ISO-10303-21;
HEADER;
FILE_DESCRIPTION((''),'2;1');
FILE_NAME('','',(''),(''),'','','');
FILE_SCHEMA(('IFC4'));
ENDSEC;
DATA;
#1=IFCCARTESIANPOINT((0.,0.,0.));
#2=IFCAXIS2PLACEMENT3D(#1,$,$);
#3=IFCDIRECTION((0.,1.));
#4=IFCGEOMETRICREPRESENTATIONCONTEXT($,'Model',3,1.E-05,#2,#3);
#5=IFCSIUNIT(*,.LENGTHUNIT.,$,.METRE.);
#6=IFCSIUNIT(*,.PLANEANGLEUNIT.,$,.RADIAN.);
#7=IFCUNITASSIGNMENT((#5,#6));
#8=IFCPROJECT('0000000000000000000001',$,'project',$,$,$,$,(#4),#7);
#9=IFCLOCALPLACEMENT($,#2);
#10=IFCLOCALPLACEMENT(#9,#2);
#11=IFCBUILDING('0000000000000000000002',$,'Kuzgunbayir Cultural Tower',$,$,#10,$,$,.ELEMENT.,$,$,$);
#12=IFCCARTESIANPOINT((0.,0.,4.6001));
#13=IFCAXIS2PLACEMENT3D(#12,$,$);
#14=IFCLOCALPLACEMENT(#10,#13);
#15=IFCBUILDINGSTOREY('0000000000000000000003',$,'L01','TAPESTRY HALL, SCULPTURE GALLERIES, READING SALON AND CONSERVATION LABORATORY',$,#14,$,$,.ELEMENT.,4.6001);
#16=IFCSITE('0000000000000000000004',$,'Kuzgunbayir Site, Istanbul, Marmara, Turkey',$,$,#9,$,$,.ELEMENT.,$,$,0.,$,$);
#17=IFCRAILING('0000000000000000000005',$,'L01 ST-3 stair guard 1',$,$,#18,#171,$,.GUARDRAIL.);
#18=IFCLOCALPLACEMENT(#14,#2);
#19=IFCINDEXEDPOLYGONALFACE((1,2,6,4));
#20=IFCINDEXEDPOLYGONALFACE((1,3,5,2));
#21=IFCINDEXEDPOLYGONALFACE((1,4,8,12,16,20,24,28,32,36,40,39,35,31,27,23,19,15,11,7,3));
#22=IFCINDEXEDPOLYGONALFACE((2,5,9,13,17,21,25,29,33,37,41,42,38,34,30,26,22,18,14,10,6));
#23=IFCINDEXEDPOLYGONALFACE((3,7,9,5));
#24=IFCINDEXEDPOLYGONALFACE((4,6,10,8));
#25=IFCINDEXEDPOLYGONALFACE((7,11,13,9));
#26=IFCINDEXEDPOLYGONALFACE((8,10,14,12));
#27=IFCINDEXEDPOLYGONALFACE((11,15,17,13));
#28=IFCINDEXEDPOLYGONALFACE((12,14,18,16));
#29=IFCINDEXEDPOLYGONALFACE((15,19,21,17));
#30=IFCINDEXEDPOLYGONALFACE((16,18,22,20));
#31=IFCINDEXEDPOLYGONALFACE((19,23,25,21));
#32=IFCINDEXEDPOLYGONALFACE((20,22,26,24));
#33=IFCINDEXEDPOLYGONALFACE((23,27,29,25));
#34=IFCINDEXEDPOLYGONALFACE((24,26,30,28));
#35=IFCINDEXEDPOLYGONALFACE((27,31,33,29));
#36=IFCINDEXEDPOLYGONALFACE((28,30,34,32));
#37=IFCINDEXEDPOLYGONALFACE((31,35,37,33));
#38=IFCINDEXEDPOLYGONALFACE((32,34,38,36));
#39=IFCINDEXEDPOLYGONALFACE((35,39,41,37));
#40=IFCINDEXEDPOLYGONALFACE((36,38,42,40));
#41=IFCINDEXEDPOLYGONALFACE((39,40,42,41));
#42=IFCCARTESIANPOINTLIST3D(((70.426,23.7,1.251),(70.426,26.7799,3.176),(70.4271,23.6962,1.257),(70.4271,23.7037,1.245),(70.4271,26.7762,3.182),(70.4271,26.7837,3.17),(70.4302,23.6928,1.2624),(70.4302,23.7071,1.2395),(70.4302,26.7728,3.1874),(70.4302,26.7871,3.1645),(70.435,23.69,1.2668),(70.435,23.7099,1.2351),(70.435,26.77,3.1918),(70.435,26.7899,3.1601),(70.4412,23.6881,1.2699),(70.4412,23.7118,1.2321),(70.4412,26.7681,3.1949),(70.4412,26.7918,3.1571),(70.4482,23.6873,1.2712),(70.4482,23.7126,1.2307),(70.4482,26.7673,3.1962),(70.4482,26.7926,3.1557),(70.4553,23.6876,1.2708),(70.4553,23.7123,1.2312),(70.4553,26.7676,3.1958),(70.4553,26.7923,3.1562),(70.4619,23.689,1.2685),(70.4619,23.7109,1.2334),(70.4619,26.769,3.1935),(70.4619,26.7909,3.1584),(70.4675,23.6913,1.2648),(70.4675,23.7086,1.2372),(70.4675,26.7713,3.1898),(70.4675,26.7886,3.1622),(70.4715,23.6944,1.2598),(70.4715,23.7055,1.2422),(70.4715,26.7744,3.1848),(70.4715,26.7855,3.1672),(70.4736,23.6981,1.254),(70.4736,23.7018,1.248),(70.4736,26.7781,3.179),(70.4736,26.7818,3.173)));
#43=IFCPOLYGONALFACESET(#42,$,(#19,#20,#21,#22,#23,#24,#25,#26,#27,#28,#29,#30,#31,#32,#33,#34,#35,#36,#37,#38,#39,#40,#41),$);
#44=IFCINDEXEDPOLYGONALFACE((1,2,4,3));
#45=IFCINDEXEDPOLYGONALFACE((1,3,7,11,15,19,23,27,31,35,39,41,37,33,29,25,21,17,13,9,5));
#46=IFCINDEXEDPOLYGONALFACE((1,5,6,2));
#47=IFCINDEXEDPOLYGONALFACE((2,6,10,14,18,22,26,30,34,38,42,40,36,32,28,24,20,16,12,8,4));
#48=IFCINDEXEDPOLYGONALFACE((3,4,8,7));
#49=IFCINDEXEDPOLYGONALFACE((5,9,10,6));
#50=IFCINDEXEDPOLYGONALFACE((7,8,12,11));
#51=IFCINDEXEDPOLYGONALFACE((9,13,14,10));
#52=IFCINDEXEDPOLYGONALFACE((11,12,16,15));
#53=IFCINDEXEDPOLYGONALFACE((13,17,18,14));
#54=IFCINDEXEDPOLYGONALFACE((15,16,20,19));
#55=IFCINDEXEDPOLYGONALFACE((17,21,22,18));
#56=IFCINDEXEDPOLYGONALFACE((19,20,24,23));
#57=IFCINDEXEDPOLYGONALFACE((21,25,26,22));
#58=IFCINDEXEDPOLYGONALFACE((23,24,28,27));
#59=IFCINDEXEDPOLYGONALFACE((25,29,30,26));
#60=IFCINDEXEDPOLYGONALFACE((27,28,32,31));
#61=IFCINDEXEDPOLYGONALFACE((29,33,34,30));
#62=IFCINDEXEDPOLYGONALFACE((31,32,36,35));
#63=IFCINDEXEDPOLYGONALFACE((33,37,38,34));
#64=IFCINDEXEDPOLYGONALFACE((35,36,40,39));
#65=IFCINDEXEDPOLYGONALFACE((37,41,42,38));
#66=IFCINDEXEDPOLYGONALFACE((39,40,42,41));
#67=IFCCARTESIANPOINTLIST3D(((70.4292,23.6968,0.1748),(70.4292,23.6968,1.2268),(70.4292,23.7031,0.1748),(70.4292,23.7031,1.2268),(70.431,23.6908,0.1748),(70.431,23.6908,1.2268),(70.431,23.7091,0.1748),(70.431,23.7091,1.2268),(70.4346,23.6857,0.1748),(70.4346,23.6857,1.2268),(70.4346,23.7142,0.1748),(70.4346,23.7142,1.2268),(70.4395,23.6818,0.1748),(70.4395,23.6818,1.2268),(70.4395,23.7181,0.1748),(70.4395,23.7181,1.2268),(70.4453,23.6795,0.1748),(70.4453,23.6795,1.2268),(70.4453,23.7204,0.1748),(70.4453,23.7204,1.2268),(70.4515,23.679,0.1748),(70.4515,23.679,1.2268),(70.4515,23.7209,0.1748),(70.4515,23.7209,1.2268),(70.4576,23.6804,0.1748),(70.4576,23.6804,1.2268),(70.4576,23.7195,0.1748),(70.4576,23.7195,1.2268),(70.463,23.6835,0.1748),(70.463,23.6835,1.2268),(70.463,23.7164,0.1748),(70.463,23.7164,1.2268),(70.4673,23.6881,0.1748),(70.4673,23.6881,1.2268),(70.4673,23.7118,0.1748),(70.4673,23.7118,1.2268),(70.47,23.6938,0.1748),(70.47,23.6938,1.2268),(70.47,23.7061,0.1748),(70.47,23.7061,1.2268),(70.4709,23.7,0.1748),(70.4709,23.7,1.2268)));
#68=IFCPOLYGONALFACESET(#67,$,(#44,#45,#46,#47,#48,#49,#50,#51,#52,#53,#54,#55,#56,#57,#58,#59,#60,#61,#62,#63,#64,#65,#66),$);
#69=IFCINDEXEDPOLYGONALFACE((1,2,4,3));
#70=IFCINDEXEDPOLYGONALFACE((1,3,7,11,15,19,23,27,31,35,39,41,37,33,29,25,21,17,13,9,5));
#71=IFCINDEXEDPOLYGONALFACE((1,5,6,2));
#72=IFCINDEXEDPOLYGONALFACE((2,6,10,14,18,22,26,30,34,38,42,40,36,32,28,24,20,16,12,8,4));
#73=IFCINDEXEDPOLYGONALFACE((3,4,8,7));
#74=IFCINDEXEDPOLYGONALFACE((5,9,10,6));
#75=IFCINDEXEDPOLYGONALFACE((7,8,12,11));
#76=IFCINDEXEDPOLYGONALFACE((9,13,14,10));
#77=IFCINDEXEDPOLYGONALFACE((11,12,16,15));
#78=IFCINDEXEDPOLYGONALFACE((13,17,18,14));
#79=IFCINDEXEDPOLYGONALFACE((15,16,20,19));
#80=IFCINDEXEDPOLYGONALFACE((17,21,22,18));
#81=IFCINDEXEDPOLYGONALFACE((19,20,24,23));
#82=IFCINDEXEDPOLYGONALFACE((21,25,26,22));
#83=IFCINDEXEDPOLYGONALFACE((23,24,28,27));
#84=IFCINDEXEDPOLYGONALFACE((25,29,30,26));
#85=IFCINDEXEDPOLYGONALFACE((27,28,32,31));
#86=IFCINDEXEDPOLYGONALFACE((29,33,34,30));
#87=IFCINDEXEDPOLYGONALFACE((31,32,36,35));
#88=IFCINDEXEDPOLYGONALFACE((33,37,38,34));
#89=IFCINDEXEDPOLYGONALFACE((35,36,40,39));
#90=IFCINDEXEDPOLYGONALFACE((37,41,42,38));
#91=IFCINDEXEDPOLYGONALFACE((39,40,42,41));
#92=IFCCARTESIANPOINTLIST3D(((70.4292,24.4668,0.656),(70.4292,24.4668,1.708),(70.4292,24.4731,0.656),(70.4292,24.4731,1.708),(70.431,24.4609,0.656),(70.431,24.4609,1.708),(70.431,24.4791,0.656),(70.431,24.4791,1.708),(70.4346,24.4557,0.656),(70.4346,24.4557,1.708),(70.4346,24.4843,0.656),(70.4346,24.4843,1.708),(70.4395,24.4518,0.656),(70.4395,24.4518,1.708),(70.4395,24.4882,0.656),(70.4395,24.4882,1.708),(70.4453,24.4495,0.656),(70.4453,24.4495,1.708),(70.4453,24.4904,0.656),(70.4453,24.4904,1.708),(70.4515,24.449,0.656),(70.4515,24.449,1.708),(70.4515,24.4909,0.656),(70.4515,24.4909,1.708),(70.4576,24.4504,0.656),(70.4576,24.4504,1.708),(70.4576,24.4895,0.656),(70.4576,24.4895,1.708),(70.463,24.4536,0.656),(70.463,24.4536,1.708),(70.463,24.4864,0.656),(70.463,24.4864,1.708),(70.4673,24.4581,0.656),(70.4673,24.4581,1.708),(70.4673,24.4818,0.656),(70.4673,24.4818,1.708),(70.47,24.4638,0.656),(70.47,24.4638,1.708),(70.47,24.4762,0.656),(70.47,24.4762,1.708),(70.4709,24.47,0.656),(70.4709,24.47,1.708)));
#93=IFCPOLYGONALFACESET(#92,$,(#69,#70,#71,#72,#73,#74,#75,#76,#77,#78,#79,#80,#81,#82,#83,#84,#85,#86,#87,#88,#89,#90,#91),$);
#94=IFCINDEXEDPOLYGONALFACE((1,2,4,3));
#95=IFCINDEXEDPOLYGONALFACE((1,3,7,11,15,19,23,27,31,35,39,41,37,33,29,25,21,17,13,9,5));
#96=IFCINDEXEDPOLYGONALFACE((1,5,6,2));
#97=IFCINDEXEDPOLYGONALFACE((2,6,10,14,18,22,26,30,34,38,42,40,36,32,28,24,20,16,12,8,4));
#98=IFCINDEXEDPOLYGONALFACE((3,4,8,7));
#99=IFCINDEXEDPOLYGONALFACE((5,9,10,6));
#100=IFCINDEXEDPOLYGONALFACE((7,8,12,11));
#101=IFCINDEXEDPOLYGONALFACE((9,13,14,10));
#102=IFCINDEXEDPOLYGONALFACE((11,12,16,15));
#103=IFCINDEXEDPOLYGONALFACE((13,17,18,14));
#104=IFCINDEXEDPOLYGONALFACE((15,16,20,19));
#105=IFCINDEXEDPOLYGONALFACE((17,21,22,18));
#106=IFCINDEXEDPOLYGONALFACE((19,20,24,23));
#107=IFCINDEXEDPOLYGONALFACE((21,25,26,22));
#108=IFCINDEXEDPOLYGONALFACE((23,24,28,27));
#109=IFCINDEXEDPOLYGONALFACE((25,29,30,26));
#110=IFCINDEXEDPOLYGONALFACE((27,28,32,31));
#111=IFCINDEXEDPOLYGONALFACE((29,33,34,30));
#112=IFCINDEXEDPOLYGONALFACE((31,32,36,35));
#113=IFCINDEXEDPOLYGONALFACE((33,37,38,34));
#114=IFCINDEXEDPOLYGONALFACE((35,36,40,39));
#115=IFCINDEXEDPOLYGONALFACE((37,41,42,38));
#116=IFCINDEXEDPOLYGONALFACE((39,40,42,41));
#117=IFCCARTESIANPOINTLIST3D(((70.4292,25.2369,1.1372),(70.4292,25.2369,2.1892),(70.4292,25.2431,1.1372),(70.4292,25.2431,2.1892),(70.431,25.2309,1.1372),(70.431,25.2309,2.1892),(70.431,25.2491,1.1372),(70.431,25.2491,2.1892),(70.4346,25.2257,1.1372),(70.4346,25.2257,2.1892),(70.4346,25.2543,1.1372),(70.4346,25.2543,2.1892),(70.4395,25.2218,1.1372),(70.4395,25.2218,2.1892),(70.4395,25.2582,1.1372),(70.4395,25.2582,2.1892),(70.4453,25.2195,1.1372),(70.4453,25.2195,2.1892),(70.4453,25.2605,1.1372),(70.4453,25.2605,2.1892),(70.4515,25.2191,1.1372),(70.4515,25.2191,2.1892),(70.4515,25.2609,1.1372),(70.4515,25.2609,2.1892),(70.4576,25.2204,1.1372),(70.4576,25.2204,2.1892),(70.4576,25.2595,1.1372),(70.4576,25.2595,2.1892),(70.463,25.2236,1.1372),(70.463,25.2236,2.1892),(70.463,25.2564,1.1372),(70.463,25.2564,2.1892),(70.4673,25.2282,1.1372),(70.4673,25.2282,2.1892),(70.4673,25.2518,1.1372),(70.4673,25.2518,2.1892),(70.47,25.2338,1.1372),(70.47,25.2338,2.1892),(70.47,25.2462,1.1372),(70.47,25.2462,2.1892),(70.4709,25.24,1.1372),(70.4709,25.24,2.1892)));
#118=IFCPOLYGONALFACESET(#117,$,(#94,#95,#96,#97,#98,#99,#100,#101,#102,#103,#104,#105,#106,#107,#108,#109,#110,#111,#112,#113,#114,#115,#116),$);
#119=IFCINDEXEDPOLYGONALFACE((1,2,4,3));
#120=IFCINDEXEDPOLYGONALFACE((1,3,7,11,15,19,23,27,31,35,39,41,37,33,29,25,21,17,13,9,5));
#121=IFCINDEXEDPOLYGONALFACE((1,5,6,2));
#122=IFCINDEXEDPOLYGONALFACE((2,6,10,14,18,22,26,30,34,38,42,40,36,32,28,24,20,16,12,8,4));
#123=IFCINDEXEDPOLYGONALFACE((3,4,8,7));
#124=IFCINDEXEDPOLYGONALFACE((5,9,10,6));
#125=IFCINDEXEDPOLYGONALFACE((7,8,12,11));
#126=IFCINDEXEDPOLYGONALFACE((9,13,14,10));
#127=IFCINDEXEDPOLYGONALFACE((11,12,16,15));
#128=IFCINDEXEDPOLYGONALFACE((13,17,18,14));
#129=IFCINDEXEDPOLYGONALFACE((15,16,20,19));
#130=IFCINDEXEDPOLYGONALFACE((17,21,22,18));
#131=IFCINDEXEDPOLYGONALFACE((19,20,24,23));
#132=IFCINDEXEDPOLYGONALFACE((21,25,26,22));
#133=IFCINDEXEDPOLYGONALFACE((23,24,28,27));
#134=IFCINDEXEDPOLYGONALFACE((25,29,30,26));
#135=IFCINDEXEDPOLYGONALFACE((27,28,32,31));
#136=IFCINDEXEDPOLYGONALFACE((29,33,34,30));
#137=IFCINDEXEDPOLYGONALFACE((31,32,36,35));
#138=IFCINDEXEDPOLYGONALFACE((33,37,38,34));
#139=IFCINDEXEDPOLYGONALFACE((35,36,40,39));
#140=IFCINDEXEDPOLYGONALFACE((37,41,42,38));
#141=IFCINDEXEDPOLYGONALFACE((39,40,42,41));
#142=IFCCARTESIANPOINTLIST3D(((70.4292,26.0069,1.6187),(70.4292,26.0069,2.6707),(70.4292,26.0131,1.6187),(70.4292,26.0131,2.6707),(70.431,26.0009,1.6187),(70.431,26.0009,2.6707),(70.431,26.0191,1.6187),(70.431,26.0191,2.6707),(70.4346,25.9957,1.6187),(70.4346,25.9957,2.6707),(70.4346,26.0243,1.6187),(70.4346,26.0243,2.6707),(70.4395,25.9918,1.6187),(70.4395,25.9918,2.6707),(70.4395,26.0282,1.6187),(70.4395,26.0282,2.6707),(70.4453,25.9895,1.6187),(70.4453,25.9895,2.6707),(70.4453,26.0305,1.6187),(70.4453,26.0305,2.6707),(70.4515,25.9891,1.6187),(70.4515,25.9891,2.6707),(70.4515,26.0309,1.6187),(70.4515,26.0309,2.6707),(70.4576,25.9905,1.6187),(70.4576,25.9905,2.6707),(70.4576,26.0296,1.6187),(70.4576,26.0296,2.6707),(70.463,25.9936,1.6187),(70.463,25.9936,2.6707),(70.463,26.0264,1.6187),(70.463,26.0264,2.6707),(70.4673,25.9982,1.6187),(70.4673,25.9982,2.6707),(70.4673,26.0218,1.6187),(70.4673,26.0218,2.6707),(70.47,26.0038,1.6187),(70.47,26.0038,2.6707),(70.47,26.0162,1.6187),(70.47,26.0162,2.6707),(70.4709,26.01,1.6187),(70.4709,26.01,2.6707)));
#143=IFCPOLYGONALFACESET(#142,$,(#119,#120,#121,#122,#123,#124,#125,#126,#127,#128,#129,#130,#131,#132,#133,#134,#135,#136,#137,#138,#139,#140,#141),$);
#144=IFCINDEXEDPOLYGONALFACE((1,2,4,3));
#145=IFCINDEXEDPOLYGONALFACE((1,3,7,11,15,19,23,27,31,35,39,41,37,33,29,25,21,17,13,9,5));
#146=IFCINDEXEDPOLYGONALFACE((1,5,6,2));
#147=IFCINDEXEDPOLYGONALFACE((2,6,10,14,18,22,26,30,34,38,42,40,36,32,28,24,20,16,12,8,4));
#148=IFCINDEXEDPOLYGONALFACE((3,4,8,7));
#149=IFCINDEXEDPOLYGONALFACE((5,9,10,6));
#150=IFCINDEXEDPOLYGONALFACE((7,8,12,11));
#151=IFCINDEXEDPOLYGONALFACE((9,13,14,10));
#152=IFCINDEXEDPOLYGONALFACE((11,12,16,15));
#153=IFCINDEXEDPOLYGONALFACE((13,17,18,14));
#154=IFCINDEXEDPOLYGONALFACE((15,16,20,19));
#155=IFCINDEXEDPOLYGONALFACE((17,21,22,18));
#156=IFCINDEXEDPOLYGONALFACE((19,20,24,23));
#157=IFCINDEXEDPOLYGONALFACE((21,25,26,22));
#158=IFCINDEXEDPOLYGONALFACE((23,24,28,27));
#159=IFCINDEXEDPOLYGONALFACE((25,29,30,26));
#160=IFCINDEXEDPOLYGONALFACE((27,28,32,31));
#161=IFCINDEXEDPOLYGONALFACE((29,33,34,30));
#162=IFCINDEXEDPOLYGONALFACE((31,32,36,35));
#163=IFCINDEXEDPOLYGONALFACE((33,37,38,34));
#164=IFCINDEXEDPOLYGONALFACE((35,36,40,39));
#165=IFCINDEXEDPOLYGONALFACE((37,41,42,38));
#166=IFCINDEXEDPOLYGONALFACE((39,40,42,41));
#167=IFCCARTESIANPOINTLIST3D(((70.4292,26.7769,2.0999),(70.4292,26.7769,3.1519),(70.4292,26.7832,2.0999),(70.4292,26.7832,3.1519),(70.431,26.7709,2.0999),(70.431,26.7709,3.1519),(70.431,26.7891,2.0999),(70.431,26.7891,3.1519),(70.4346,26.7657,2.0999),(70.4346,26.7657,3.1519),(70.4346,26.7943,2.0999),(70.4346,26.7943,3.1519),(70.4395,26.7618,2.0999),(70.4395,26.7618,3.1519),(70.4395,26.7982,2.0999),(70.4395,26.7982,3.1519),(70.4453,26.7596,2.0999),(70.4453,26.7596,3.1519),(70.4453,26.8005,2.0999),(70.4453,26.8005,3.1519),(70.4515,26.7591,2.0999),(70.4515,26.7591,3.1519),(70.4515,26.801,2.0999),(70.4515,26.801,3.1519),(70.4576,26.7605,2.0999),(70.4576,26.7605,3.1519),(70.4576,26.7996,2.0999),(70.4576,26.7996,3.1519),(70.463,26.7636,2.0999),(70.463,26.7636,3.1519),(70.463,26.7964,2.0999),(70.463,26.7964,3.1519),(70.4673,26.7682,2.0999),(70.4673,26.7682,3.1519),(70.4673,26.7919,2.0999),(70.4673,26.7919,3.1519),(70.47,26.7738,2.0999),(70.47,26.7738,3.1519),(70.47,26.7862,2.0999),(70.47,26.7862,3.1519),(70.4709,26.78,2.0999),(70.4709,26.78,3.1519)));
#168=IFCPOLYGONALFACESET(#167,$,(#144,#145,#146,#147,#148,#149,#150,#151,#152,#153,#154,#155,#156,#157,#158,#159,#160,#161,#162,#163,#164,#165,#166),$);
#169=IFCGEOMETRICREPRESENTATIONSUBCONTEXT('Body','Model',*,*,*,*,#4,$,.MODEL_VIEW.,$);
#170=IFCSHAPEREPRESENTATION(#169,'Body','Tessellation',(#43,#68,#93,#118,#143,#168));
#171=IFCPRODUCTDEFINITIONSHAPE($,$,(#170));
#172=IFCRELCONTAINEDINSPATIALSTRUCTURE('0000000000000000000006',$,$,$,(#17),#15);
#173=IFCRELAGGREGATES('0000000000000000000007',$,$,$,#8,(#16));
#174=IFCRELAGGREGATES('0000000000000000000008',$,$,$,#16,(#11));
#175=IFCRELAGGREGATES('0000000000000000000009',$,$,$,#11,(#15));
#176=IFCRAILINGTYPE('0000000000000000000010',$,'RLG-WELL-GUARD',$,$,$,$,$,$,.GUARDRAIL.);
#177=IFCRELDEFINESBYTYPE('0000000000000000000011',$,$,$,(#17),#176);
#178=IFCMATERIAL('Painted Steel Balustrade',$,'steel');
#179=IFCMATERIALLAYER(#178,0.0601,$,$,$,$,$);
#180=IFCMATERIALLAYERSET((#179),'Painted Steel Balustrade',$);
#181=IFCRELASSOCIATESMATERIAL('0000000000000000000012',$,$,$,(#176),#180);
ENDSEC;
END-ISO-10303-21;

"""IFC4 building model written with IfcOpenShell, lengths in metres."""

from ifc_helpers import new_model, si_unit, direction, frame, origin, origin_2d, place, context, subcontext, project, spatial, circle, extrude, material, layer, layer_set, type_object, element, save


model = new_model("IFC4")

# Units and contexts
model_context = context("Model", 3, precision=1e-05, world=origin(), true_north=direction((0.0, 1.0)))
body_context = subcontext(model_context, "Body", "Model", "MODEL_VIEW")
ifc_project = project(units=[si_unit("LENGTHUNIT", "METRE"), si_unit("PLANEANGLEUNIT", "RADIAN")], contexts=[model_context])

# Site, building, storey
site_placement = place(None, origin())
site = spatial("IfcSite", under=ifc_project, at=site_placement, Name="Kuzgunbayir Site, Istanbul, Marmara, Turkey", CompositionType="ELEMENT", RefElevation=0.0)
building_placement = place(site_placement, origin())
building = spatial("IfcBuilding", under=site, at=building_placement, Name="Kuzgunbayir Cultural Tower", CompositionType="ELEMENT")
storey_placement = place(building_placement, frame((0.0, 0.0, 4.6001)))
storey = spatial("IfcBuildingStorey", under=building, at=storey_placement, Name="L01", Description="TAPESTRY HALL, SCULPTURE GALLERIES, READING SALON AND CONSERVATION LABORATORY", CompositionType="ELEMENT", Elevation=4.6001)

# Railing
ifc_material_1 = material(Name="Painted Steel Balustrade", Category="steel")
ifc_layer_1 = layer(ifc_material_1, 0.0601)
ifc_layer_set_1 = layer_set([ifc_layer_1], Name="Painted Steel Balustrade")
railing_type_1 = type_object("IfcRailingType", Name="RLG-WELL-GUARD", PredefinedType="GUARDRAIL", material=ifc_layer_set_1)
railing_1_placement = place(storey_placement, frame((70.45, 23.7, 0.1748)))
element("IfcRailing", 1, at=railing_1_placement, inside=storey, type_object=railing_type_1, Name="L01 ST-3 stair guard 1", PredefinedType="GUARDRAIL", context=body_context, shape_type="SweptSolid", body=[
    extrude(circle(Radius=0.0239, at=origin_2d()), frame((0.0, 0.0, 1.0762), z_axis=(0.0, 0.847998, 0.529999), x_axis=(-1.0, 0.0, 0.0)), (0.0, 0.0, 1.0), 3.6321),
    extrude(circle(Radius=0.021, at=origin_2d()), origin(), (0.0, 0.0, 1.0), 1.052),
    extrude(circle(Radius=0.021, at=origin_2d()), frame((0.0, 0.77, 0.4812)), (0.0, 0.0, 1.0), 1.052),
    extrude(circle(Radius=0.021, at=origin_2d()), frame((0.0, 1.54, 0.9624)), (0.0, 0.0, 1.0), 1.052),
    extrude(circle(Radius=0.021, at=origin_2d()), frame((0.0, 2.3101, 1.4438)), (0.0, 0.0, 1.0), 1.052),
    extrude(circle(Radius=0.021, at=origin_2d()), frame((0.0, 3.0801, 1.925)), (0.0, 0.0, 1.0), 1.052),
])

save(model, "model.ifc")
